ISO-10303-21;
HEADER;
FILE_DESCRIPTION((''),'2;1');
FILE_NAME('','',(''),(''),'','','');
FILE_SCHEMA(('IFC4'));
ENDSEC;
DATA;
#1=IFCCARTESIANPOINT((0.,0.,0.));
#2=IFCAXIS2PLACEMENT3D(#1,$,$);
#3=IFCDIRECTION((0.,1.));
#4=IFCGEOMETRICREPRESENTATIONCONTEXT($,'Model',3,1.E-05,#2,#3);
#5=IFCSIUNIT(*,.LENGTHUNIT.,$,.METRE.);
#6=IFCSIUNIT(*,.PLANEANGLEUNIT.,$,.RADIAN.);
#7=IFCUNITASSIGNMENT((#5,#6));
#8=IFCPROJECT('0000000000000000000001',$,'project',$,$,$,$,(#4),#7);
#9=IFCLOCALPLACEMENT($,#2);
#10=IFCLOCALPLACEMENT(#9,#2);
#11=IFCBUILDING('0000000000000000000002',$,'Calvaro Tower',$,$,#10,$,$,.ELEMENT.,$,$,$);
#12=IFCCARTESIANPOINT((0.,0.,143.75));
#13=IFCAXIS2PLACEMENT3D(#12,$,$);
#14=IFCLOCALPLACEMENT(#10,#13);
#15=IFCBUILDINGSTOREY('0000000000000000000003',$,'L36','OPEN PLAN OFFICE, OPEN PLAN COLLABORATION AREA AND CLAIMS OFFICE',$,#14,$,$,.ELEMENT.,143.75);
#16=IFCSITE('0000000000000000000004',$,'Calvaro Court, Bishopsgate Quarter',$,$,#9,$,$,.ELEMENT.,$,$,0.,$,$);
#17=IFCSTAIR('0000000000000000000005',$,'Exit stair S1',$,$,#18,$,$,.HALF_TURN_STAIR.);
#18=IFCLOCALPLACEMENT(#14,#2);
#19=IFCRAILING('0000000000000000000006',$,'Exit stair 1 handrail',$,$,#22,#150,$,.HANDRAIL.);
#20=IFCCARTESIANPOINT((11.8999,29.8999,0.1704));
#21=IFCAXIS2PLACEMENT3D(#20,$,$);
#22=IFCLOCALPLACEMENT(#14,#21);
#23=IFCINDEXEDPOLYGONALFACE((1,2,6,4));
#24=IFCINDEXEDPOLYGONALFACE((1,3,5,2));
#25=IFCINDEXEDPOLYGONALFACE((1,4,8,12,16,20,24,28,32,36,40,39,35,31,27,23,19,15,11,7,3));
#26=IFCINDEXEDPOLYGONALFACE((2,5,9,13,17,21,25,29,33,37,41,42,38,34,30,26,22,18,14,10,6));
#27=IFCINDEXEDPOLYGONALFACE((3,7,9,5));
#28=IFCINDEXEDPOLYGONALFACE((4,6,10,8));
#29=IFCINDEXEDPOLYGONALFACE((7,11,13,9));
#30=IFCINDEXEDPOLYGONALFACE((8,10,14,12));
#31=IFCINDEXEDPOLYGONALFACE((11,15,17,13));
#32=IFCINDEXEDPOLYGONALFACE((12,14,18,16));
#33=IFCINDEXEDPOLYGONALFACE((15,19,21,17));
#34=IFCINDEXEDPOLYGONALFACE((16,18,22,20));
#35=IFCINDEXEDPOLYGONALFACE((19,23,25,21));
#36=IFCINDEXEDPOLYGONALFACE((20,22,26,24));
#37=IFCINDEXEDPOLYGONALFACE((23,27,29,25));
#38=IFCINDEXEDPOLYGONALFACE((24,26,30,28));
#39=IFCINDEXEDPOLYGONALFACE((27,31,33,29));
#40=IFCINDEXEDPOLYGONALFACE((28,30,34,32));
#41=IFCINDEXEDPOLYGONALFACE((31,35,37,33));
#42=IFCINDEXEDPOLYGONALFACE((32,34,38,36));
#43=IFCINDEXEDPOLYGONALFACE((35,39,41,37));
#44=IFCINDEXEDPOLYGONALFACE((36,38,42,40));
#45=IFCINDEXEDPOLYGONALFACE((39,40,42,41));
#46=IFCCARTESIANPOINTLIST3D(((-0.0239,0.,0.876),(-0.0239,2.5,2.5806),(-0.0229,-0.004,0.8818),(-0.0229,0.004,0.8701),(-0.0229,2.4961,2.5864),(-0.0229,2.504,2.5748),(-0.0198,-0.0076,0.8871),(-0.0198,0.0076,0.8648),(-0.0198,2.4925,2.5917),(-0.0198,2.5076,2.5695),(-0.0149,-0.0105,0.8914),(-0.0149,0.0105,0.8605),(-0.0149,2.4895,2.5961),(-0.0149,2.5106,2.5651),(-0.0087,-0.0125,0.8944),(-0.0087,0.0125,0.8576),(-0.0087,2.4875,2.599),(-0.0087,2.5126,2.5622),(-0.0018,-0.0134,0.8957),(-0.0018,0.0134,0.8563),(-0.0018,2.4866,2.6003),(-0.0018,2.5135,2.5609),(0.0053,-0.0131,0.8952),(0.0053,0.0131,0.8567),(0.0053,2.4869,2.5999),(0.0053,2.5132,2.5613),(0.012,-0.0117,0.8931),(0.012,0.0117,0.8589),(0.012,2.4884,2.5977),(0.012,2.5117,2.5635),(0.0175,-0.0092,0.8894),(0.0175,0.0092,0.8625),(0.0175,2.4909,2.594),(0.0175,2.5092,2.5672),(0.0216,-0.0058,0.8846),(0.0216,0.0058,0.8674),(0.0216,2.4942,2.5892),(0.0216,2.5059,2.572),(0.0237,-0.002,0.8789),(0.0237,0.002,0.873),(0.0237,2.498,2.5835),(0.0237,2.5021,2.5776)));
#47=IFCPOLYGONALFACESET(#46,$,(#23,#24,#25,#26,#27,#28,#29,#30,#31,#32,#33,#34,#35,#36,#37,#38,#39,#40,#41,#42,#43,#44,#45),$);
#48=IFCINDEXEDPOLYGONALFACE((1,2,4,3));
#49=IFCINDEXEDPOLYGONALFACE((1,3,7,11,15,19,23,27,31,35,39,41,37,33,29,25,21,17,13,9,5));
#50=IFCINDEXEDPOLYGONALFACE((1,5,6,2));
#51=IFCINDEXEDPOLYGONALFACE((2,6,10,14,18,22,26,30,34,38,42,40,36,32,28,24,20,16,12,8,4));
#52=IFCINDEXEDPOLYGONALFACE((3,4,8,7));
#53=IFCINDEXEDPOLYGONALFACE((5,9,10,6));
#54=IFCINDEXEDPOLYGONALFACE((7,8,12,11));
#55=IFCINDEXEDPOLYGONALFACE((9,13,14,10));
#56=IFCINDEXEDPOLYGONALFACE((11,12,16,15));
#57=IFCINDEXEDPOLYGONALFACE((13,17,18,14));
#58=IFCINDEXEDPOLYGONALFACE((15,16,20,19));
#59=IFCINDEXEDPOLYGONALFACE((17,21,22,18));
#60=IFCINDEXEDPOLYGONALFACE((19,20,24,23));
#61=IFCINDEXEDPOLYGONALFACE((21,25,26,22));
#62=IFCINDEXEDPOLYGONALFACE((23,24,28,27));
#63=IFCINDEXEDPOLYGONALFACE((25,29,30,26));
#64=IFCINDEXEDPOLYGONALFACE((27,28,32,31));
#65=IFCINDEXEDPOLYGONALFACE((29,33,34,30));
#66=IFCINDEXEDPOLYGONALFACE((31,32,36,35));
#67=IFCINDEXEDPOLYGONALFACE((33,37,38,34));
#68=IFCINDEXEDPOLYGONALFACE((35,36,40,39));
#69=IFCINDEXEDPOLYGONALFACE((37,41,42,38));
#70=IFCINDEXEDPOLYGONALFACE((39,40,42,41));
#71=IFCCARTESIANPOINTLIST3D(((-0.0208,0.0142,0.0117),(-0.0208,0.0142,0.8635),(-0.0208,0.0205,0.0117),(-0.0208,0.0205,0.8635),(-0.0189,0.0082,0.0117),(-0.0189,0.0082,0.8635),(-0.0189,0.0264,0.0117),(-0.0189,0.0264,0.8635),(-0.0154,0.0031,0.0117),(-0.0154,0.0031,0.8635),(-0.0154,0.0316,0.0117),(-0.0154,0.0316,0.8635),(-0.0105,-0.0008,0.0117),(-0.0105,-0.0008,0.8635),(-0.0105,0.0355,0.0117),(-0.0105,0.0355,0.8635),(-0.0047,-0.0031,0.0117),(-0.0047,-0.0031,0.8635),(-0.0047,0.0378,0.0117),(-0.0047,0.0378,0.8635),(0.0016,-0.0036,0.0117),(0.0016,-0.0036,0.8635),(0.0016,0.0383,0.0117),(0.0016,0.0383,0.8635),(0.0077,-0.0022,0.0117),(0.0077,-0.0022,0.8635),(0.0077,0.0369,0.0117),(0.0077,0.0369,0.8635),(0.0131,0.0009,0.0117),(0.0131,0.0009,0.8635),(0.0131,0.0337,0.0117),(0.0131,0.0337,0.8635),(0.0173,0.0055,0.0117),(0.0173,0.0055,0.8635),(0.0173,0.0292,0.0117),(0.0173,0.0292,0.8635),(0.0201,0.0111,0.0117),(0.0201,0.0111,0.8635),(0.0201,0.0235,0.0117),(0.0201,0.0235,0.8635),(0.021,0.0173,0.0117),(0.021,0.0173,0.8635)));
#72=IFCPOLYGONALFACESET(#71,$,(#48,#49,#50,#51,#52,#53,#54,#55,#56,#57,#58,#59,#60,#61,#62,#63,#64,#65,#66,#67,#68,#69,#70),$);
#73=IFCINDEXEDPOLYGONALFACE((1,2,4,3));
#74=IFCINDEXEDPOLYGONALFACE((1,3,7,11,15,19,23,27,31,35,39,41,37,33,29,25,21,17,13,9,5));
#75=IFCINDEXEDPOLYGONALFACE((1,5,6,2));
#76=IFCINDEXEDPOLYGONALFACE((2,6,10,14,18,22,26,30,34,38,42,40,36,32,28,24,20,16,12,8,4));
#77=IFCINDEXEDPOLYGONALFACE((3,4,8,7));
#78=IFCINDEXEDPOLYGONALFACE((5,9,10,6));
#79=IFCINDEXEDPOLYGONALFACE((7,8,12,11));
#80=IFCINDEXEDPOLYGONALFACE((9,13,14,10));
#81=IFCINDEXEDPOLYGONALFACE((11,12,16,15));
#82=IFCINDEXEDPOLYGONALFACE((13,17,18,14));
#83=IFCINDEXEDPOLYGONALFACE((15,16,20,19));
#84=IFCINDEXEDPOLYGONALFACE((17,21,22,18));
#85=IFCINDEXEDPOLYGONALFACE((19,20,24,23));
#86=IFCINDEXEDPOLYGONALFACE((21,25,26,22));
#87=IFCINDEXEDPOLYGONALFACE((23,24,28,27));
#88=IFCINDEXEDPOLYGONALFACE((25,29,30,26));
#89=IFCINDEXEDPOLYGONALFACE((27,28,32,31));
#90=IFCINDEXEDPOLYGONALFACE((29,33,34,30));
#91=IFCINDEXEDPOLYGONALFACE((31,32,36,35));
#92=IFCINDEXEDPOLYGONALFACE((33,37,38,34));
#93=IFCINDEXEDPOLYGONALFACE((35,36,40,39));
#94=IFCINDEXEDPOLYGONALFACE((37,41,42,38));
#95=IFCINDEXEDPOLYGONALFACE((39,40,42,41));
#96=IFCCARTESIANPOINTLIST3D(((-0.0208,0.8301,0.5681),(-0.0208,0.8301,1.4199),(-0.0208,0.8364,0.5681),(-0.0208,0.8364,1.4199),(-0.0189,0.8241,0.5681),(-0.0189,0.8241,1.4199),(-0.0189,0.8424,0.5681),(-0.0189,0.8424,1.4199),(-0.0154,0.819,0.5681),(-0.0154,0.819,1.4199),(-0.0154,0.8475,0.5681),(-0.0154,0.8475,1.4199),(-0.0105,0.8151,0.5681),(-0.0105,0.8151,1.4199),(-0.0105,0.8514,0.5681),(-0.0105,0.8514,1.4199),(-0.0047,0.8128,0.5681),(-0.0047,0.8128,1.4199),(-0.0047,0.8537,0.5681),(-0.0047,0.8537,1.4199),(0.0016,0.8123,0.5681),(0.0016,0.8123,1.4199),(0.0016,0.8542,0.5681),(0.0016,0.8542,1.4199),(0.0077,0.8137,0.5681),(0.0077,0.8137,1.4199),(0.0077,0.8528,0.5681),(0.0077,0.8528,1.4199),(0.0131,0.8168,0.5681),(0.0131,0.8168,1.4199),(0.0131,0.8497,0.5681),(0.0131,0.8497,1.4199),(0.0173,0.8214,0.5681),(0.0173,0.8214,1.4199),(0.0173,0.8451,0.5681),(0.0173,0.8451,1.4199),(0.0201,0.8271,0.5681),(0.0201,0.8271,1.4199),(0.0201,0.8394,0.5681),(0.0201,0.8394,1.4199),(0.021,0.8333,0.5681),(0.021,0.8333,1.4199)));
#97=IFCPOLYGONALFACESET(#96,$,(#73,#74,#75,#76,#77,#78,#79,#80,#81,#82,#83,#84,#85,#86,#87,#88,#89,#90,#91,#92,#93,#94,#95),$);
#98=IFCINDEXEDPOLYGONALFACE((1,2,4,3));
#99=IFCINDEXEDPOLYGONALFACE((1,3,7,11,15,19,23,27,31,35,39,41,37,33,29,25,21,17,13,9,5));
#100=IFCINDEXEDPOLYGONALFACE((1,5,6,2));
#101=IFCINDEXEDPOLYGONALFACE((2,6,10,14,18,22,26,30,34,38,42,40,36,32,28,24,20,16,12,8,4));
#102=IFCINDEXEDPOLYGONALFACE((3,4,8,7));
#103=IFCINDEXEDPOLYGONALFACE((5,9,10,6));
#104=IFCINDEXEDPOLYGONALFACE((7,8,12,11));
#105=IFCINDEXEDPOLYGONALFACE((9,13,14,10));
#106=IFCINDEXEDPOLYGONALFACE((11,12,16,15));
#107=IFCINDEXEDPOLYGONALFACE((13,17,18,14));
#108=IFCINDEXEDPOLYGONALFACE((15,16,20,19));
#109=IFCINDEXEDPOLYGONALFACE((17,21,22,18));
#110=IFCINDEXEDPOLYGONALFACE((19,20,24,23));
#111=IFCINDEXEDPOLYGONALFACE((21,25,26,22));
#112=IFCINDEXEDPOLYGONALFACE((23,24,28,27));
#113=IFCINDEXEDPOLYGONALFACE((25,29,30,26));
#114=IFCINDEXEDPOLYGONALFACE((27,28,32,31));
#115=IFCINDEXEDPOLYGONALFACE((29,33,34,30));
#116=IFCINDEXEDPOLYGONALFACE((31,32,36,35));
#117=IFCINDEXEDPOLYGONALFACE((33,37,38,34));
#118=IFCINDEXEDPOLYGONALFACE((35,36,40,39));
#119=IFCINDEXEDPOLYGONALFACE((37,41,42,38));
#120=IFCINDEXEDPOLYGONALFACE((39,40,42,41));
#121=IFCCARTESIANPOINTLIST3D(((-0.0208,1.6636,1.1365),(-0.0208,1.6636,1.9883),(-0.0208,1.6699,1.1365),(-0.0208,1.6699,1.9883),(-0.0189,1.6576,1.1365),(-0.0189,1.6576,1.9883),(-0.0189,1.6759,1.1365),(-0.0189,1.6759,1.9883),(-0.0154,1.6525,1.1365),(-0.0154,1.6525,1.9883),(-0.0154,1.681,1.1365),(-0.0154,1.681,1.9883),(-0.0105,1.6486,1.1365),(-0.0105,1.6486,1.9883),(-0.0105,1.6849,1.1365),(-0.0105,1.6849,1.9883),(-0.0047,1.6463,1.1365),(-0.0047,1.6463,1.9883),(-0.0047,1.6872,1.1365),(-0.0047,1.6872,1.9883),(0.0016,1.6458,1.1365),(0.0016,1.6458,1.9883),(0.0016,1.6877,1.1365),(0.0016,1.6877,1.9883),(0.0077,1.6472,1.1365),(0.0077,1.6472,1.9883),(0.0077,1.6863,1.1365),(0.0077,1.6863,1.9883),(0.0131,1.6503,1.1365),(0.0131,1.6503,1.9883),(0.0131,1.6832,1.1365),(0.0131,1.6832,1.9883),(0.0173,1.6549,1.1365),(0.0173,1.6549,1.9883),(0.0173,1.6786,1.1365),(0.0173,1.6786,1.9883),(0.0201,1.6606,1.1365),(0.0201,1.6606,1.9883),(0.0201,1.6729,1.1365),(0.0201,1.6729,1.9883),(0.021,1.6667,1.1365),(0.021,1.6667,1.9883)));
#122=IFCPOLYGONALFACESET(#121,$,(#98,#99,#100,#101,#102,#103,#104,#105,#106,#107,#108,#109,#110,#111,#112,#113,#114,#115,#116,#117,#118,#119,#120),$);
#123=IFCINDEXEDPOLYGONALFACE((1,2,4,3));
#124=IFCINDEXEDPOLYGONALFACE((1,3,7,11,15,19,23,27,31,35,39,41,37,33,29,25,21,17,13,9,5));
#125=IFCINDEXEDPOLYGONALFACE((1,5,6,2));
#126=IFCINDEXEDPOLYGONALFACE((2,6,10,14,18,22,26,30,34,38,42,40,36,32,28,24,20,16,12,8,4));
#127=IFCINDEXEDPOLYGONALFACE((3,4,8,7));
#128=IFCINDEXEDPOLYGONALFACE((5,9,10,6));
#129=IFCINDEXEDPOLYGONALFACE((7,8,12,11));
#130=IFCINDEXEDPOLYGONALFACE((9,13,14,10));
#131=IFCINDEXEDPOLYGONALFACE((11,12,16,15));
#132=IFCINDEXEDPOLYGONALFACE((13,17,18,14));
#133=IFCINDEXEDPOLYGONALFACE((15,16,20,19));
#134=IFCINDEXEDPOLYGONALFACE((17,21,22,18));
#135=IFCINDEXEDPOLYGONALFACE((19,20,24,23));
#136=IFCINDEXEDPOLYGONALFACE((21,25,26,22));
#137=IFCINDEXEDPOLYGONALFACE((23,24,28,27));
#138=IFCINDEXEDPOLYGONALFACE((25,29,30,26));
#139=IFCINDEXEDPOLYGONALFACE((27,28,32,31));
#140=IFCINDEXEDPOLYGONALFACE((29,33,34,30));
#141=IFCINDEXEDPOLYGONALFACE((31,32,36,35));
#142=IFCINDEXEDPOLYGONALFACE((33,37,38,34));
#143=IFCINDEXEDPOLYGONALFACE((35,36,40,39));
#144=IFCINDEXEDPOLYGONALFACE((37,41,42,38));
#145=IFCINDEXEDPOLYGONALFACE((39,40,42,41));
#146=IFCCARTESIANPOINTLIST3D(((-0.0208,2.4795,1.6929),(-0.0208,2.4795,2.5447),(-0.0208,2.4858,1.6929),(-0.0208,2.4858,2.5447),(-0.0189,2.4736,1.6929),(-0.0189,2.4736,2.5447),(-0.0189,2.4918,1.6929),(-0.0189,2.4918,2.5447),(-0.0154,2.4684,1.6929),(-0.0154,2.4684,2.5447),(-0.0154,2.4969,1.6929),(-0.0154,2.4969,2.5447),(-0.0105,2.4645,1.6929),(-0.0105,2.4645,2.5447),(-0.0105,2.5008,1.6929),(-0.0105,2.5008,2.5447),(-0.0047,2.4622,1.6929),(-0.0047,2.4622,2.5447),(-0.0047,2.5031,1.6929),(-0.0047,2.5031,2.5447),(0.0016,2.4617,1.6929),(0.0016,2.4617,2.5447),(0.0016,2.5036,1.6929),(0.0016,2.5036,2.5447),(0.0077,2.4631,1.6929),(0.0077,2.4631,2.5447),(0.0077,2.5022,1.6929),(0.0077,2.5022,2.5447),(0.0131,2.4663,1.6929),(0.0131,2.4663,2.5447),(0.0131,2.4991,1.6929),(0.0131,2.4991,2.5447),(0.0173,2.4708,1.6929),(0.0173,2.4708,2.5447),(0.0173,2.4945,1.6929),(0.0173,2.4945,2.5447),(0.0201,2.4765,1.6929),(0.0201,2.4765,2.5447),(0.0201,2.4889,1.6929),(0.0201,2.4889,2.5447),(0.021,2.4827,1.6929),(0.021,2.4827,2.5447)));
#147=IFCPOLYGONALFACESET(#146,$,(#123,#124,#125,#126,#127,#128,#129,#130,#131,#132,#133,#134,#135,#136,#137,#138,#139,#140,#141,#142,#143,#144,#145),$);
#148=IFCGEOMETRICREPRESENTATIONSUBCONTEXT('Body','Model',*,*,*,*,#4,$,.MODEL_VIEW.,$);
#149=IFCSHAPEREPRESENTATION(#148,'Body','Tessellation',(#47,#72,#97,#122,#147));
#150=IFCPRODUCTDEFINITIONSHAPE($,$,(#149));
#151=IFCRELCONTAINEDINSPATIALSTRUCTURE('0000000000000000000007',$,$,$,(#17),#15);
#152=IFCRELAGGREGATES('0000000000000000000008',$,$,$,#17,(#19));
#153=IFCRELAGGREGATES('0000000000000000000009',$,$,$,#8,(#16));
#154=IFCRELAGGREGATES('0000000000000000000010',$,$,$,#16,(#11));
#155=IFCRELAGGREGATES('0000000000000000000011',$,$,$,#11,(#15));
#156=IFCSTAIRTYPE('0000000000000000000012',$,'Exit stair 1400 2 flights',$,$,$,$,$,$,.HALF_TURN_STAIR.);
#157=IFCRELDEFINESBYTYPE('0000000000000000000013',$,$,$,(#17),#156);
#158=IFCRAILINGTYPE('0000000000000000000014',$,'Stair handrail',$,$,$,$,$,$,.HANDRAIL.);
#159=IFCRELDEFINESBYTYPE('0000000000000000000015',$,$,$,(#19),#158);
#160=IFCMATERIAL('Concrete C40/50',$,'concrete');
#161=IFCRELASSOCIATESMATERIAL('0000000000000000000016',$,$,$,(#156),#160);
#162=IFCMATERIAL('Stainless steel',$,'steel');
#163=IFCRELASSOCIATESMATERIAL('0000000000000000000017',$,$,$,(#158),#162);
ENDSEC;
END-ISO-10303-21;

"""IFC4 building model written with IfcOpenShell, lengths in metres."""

from ifc_helpers import new_model, si_unit, direction, frame, origin, origin_2d, place, context, subcontext, project, spatial, circle, extrude, material, type_object, element, aggregate, save


model = new_model("IFC4")

# Units and contexts
model_context = context("Model", 3, precision=1e-05, world=origin(), true_north=direction((0.0, 1.0)))
body_context = subcontext(model_context, "Body", "Model", "MODEL_VIEW")
ifc_project = project(units=[si_unit("LENGTHUNIT", "METRE"), si_unit("PLANEANGLEUNIT", "RADIAN")], contexts=[model_context])

# Site, building, storey
site_placement = place(None, origin())
site = spatial("IfcSite", under=ifc_project, at=site_placement, Name="Calvaro Court, Bishopsgate Quarter", CompositionType="ELEMENT", RefElevation=0.0)
building_placement = place(site_placement, origin())
building = spatial("IfcBuilding", under=site, at=building_placement, Name="Calvaro Tower", CompositionType="ELEMENT")
storey_placement = place(building_placement, frame((0.0, 0.0, 143.75)))
storey = spatial("IfcBuildingStorey", under=building, at=storey_placement, Name="L36", Description="OPEN PLAN OFFICE, OPEN PLAN COLLABORATION AREA AND CLAIMS OFFICE", CompositionType="ELEMENT", Elevation=143.75)

# Stair, railing
ifc_material_1 = material(Name="Concrete C40/50", Category="concrete")
stair_type = type_object("IfcStairType", Name="Exit stair 1400 2 flights", PredefinedType="HALF_TURN_STAIR", material=ifc_material_1)
stair_placement = place(storey_placement, origin())
stair = element("IfcStair", 1, at=stair_placement, inside=storey, type_object=stair_type, Name="Exit stair S1", PredefinedType="HALF_TURN_STAIR")
ifc_material_2 = material(Name="Stainless steel", Category="steel")
railing_type = type_object("IfcRailingType", Name="Stair handrail", PredefinedType="HANDRAIL", material=ifc_material_2)
railing_1_placement = place(storey_placement, frame((11.8999, 29.8999, 0.1704)))
railing_1 = element("IfcRailing", 2, at=railing_1_placement, type_object=railing_type, Name="Exit stair 1 handrail", PredefinedType="HANDRAIL", context=body_context, shape_type="SweptSolid", body=[
    extrude(circle(Radius=0.0239, at=origin_2d()), frame((0.0, 0.0, 0.876), z_axis=(0.0, 0.826221, 0.563347), x_axis=(-1.0, 0.0, 0.0)), (0.0, 0.0, 1.0), 3.0259),
    extrude(circle(Radius=0.021, at=origin_2d()), frame((0.0, 0.0173, 0.0117)), (0.0, 0.0, 1.0), 0.8518),
    extrude(circle(Radius=0.021, at=origin_2d()), frame((0.0, 0.8333, 0.5681)), (0.0, 0.0, 1.0), 0.8518),
    extrude(circle(Radius=0.021, at=origin_2d()), frame((0.0, 1.6667, 1.1365)), (0.0, 0.0, 1.0), 0.8518),
    extrude(circle(Radius=0.021, at=origin_2d()), frame((0.0, 2.4827, 1.6929)), (0.0, 0.0, 1.0), 0.8518),
])
aggregate(stair, [railing_1])

save(model, "model.ifc")
